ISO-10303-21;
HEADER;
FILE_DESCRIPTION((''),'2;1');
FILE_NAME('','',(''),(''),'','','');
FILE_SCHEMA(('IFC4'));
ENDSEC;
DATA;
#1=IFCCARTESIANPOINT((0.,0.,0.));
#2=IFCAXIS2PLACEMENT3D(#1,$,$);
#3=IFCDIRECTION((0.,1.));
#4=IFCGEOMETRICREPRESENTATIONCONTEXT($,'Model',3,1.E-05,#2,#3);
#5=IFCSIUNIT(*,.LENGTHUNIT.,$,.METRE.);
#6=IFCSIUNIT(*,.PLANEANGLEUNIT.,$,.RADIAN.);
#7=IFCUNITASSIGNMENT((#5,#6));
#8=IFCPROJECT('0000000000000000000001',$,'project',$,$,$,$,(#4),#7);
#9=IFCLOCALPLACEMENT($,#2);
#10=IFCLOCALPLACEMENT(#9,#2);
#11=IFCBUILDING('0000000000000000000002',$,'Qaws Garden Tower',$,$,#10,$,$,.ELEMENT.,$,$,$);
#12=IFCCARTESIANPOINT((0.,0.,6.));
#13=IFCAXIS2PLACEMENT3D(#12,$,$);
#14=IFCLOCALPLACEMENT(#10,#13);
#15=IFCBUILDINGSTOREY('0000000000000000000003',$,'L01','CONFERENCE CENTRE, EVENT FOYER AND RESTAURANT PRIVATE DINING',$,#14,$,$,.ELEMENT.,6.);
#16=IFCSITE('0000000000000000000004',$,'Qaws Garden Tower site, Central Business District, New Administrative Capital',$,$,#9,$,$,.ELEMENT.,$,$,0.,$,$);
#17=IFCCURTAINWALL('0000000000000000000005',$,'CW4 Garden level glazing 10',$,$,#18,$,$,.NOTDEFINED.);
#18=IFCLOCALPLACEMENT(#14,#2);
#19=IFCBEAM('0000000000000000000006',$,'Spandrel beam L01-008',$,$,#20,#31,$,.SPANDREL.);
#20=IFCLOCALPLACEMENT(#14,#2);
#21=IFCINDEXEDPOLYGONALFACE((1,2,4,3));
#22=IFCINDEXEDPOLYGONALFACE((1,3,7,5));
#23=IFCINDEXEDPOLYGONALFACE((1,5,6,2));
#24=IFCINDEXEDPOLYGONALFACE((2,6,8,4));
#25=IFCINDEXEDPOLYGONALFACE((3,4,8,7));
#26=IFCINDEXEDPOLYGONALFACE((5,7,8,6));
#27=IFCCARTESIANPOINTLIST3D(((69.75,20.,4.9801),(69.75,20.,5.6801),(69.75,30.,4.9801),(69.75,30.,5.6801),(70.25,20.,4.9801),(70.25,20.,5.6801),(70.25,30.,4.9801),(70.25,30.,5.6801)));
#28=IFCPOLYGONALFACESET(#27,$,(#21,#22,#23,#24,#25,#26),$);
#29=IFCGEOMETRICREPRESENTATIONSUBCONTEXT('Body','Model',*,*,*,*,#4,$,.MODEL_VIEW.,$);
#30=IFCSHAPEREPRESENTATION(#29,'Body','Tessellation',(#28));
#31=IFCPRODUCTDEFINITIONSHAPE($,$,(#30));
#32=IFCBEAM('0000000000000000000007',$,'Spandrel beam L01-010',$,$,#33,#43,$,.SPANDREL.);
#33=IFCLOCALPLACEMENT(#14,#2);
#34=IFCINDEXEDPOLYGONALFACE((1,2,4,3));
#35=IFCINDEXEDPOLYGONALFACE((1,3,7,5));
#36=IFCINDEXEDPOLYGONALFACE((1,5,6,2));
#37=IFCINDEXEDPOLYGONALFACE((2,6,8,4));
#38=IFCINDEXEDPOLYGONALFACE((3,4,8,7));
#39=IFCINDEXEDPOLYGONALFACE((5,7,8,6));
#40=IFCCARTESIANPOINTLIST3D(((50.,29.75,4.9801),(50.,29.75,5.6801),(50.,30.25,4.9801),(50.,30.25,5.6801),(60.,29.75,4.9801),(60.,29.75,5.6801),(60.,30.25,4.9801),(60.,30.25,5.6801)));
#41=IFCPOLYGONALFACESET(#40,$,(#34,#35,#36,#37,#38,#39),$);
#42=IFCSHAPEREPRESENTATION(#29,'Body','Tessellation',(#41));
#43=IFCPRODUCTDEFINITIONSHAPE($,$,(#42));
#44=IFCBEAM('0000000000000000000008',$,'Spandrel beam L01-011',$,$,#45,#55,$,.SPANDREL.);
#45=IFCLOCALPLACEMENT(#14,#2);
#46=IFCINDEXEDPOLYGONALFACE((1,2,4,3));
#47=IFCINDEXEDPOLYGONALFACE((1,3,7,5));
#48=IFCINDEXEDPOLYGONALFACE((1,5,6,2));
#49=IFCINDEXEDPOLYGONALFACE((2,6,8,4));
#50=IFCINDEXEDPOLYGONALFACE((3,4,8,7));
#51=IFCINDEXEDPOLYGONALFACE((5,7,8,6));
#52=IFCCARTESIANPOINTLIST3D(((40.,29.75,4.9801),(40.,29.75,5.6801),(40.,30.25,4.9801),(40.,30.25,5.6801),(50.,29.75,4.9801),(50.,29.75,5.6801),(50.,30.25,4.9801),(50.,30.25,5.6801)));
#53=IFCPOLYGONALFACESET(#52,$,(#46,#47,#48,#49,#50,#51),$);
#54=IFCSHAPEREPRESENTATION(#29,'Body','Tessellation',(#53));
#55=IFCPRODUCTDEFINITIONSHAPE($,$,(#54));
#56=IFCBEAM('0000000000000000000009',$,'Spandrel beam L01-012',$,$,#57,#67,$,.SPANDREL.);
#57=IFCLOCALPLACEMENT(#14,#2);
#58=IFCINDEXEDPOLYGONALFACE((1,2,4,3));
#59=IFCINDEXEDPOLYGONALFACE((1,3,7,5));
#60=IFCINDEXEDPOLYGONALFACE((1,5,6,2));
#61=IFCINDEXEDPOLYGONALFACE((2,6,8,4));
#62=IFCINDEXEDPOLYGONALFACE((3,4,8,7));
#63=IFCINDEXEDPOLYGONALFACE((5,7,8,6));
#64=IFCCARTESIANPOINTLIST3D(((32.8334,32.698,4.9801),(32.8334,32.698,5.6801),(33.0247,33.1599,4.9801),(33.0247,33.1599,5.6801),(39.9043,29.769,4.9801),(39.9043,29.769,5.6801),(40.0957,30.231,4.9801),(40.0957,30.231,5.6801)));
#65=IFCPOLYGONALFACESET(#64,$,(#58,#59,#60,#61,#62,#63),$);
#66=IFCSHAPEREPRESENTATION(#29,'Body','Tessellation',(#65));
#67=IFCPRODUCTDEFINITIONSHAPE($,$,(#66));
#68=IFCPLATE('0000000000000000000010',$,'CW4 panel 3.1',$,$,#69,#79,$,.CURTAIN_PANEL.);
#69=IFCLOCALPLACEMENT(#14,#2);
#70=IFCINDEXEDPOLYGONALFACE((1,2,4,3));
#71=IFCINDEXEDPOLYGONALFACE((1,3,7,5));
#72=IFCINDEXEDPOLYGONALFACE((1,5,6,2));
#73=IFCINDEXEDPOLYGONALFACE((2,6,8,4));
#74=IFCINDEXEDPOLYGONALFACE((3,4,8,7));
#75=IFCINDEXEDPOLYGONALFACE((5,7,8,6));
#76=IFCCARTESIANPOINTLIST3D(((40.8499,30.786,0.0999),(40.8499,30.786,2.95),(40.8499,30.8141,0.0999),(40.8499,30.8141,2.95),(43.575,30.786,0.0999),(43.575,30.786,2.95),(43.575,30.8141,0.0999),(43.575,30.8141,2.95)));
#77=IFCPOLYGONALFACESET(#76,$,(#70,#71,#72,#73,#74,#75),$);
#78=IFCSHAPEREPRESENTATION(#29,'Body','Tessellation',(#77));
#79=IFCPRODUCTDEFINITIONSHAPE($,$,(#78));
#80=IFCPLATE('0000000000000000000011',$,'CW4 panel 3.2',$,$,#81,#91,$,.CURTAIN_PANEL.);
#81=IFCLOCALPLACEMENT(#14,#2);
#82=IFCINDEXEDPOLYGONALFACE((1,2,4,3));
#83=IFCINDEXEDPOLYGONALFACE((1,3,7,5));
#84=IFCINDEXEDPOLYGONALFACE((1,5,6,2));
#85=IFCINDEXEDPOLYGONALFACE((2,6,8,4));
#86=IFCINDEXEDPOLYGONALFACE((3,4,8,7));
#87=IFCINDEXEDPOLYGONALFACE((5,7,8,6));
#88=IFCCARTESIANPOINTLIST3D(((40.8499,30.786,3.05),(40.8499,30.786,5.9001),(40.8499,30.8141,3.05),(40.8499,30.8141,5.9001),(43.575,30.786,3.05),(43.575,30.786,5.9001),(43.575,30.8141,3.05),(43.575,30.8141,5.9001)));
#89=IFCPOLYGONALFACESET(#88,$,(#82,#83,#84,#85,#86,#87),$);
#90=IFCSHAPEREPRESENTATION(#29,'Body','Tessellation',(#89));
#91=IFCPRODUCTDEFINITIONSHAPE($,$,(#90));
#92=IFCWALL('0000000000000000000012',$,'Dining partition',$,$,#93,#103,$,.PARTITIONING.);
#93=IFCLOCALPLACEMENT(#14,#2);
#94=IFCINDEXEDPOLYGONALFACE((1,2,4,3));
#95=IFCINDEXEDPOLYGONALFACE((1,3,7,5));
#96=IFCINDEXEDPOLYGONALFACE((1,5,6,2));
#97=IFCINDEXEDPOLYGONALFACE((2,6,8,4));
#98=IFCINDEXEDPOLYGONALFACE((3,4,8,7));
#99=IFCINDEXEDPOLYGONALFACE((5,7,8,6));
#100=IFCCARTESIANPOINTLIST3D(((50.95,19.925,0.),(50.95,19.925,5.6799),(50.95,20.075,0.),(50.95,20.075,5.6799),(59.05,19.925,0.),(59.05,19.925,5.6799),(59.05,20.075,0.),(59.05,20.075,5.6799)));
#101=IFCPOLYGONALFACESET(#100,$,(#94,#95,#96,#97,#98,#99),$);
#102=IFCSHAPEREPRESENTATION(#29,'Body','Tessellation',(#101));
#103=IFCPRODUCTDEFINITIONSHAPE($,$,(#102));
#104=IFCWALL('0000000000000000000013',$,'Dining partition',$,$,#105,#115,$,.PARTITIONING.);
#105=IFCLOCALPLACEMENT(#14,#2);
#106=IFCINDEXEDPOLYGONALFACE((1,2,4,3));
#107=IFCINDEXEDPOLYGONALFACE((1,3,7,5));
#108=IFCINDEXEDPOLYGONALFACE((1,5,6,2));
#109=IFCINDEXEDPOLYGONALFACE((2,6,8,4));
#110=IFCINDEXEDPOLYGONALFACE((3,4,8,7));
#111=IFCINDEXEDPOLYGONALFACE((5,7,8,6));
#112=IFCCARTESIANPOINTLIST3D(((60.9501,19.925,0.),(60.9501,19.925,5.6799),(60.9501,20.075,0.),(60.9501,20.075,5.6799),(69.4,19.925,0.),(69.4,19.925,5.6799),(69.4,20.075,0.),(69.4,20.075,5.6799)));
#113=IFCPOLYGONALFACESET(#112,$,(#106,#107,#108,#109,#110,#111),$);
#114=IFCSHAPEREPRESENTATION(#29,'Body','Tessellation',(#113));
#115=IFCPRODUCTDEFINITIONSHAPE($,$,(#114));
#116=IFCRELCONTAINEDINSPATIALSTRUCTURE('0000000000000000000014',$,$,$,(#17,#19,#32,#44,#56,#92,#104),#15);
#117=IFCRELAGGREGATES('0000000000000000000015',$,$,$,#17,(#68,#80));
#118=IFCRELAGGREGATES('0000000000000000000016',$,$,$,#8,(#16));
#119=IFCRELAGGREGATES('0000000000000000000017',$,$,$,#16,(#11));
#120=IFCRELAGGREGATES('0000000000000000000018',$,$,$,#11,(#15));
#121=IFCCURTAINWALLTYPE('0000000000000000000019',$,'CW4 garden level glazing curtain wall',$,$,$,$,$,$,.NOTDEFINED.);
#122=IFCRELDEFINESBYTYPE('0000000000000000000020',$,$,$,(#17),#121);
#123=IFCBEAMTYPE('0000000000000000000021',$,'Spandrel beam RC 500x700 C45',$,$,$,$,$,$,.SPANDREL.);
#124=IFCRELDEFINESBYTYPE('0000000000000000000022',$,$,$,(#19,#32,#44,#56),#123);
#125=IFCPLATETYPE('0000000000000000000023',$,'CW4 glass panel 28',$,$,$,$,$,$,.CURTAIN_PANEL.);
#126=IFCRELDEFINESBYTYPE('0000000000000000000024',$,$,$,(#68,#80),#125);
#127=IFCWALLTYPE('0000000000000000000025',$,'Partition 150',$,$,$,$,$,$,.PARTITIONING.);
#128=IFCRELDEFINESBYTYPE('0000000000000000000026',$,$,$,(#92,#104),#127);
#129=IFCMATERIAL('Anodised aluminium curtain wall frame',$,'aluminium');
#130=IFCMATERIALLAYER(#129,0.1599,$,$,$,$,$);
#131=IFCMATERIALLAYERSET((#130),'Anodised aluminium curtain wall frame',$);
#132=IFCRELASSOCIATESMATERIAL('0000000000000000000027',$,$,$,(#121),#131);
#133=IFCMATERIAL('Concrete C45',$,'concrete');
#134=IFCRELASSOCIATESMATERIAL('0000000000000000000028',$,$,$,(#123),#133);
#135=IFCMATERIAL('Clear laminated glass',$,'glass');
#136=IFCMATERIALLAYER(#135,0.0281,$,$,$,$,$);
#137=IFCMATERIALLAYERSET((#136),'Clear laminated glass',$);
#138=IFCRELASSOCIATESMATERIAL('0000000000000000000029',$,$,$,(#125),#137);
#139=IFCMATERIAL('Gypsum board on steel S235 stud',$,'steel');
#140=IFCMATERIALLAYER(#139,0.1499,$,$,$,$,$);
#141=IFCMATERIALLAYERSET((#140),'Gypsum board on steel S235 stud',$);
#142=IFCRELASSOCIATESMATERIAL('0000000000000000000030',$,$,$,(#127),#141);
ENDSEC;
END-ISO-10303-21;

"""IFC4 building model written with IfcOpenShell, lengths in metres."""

from ifc_helpers import new_model, si_unit, direction, frame, frame_2d, origin, origin_2d, place, context, subcontext, project, spatial, rectangle, extrude, material, layer, layer_set, material_profile, profile_set, type_object, element, aggregate, save


model = new_model("IFC4")

# Units and contexts
model_context = context("Model", 3, precision=1e-05, world=origin(), true_north=direction((0.0, 1.0)))
body_context = subcontext(model_context, "Body", "Model", "MODEL_VIEW")
ifc_project = project(units=[si_unit("LENGTHUNIT", "METRE"), si_unit("PLANEANGLEUNIT", "RADIAN")], contexts=[model_context])

# Site, building, storey
site_placement = place(None, origin())
site = spatial("IfcSite", under=ifc_project, at=site_placement, Name="Qaws Garden Tower site, Central Business District, New Administrative Capital", CompositionType="ELEMENT", RefElevation=0.0)
building_placement = place(site_placement, origin())
building = spatial("IfcBuilding", under=site, at=building_placement, Name="Qaws Garden Tower", CompositionType="ELEMENT")
storey_placement = place(building_placement, frame((0.0, 0.0, 6.0)))
storey = spatial("IfcBuildingStorey", under=building, at=storey_placement, Name="L01", Description="CONFERENCE CENTRE, EVENT FOYER AND RESTAURANT PRIVATE DINING", CompositionType="ELEMENT", Elevation=6.0)

# Curtain wall
ifc_material_1 = material(Name="Anodised aluminium curtain wall frame", Category="aluminium")
ifc_layer_1 = layer(ifc_material_1, 0.1599)
ifc_layer_set_1 = layer_set([ifc_layer_1], Name="Anodised aluminium curtain wall frame")
curtain_wall_type = type_object("IfcCurtainWallType", Name="CW4 garden level glazing curtain wall", PredefinedType="NOTDEFINED", material=ifc_layer_set_1)
curtain_wall_placement = place(storey_placement, origin())
curtain_wall = element("IfcCurtainWall", 1, at=curtain_wall_placement, inside=storey, type_object=curtain_wall_type, Name="CW4 Garden level glazing 10", PredefinedType="NOTDEFINED")

# Beams
ifc_material_2 = material(Name="Concrete C45", Category="concrete")
ifc_material_profile_1 = material_profile(ifc_material_2, rectangle(XDim=0.5, YDim=0.7, at=origin_2d()), Name="RC 500x700")
ifc_profile_set_1 = profile_set([ifc_material_profile_1], Name="Concrete C45")
beam_type = type_object("IfcBeamType", Name="Spandrel beam RC 500x700 C45", PredefinedType="SPANDREL", material=ifc_profile_set_1)
for number, where, z_axis, x_axis, name in (
    (2, (70.0, 20.0, 5.3301), (0.0, 1.0, 0.0), (-1.0, 0.0, 0.0), "Spandrel beam L01-008"),
    (3, (60.0, 30.0, 5.3301), (-1.0, 0.0, 0.0), (0.0, -1.0, 0.0), "Spandrel beam L01-010"),
    (4, (50.0, 30.0, 5.3301), (-1.0, 0.0, 0.0), (0.0, -1.0, 0.0), "Spandrel beam L01-011"),
):
    element("IfcBeam", number, at=place(storey_placement, frame(where, z_axis=z_axis, x_axis=x_axis)), inside=storey, type_object=beam_type, Name=name, PredefinedType="SPANDREL", context=body_context, shape_type="SweptSolid", body=[
        extrude(rectangle(XDim=0.5, YDim=0.7, at=origin_2d()), origin(), (0.0, 0.0, 1.0), 10.0),
    ])
beam_placement = place(storey_placement, frame((40.0, 30.0, 5.3301), z_axis=(-0.923878, 0.382687, 0.0), x_axis=(-0.382687, -0.923878, 0.0)))
element("IfcBeam", 5, at=beam_placement, inside=storey, type_object=beam_type, Name="Spandrel beam L01-012", PredefinedType="SPANDREL", context=body_context, shape_type="SweptSolid", body=[
    extrude(rectangle(XDim=0.5, YDim=0.7, at=origin_2d()), origin(), (0.0, 0.0, 1.0), 7.6536),
])

# Plates
ifc_material_3 = material(Name="Clear laminated glass", Category="glass")
ifc_layer_2 = layer(ifc_material_3, 0.0281)
ifc_layer_set_2 = layer_set([ifc_layer_2], Name="Clear laminated glass")
plate_type = type_object("IfcPlateType", Name="CW4 glass panel 28", PredefinedType="CURTAIN_PANEL", material=ifc_layer_set_2)
plate_1_placement = place(storey_placement, frame((42.2124, 30.8, 0.0999), z_axis=(0.0, 0.0, 1.0), x_axis=(-1.0, 0.0, 0.0)))
plate_1 = element("IfcPlate", 6, at=plate_1_placement, type_object=plate_type, Name="CW4 panel 3.1", PredefinedType="CURTAIN_PANEL", context=body_context, shape_type="SweptSolid", body=[
    extrude(rectangle(XDim=2.7251, YDim=0.0281, at=origin_2d()), origin(), (0.0, 0.0, 1.0), 2.8501),
])
plate_2_placement = place(storey_placement, frame((42.2124, 30.8, 3.05), z_axis=(0.0, 0.0, 1.0), x_axis=(-1.0, 0.0, 0.0)))
plate_2 = element("IfcPlate", 7, at=plate_2_placement, type_object=plate_type, Name="CW4 panel 3.2", PredefinedType="CURTAIN_PANEL", context=body_context, shape_type="SweptSolid", body=[
    extrude(rectangle(XDim=2.7251, YDim=0.0281, at=origin_2d()), origin(), (0.0, 0.0, 1.0), 2.8501),
])
aggregate(curtain_wall, [plate_1, plate_2])

# Walls
ifc_material_4 = material(Name="Gypsum board on steel S235 stud", Category="steel")
ifc_layer_3 = layer(ifc_material_4, 0.1499)
ifc_layer_set_3 = layer_set([ifc_layer_3], Name="Gypsum board on steel S235 stud")
wall_type = type_object("IfcWallType", Name="Partition 150", PredefinedType="PARTITIONING", material=ifc_layer_set_3)
wall_1_placement = place(storey_placement, frame((50.95, 20.0, 0.0), z_axis=(0.0, 0.0, 1.0), x_axis=(1.0, 0.0, 0.0)))
element("IfcWall", 8, at=wall_1_placement, inside=storey, type_object=wall_type, Name="Dining partition", PredefinedType="PARTITIONING", context=body_context, shape_type="SweptSolid", body=[
    extrude(rectangle(XDim=8.1001, YDim=0.1499, at=frame_2d((4.05, 0.0))), origin(), (0.0, 0.0, 1.0), 5.6799),
])
wall_2_placement = place(storey_placement, frame((60.95, 20.0, 0.0), z_axis=(0.0, 0.0, 1.0), x_axis=(1.0, 0.0, 0.0)))
element("IfcWall", 9, at=wall_2_placement, inside=storey, type_object=wall_type, Name="Dining partition", PredefinedType="PARTITIONING", context=body_context, shape_type="SweptSolid", body=[
    extrude(rectangle(XDim=8.45, YDim=0.1499, at=frame_2d((4.2251, 0.0))), origin(), (0.0, 0.0, 1.0), 5.6799),
])

save(model, "model.ifc")
